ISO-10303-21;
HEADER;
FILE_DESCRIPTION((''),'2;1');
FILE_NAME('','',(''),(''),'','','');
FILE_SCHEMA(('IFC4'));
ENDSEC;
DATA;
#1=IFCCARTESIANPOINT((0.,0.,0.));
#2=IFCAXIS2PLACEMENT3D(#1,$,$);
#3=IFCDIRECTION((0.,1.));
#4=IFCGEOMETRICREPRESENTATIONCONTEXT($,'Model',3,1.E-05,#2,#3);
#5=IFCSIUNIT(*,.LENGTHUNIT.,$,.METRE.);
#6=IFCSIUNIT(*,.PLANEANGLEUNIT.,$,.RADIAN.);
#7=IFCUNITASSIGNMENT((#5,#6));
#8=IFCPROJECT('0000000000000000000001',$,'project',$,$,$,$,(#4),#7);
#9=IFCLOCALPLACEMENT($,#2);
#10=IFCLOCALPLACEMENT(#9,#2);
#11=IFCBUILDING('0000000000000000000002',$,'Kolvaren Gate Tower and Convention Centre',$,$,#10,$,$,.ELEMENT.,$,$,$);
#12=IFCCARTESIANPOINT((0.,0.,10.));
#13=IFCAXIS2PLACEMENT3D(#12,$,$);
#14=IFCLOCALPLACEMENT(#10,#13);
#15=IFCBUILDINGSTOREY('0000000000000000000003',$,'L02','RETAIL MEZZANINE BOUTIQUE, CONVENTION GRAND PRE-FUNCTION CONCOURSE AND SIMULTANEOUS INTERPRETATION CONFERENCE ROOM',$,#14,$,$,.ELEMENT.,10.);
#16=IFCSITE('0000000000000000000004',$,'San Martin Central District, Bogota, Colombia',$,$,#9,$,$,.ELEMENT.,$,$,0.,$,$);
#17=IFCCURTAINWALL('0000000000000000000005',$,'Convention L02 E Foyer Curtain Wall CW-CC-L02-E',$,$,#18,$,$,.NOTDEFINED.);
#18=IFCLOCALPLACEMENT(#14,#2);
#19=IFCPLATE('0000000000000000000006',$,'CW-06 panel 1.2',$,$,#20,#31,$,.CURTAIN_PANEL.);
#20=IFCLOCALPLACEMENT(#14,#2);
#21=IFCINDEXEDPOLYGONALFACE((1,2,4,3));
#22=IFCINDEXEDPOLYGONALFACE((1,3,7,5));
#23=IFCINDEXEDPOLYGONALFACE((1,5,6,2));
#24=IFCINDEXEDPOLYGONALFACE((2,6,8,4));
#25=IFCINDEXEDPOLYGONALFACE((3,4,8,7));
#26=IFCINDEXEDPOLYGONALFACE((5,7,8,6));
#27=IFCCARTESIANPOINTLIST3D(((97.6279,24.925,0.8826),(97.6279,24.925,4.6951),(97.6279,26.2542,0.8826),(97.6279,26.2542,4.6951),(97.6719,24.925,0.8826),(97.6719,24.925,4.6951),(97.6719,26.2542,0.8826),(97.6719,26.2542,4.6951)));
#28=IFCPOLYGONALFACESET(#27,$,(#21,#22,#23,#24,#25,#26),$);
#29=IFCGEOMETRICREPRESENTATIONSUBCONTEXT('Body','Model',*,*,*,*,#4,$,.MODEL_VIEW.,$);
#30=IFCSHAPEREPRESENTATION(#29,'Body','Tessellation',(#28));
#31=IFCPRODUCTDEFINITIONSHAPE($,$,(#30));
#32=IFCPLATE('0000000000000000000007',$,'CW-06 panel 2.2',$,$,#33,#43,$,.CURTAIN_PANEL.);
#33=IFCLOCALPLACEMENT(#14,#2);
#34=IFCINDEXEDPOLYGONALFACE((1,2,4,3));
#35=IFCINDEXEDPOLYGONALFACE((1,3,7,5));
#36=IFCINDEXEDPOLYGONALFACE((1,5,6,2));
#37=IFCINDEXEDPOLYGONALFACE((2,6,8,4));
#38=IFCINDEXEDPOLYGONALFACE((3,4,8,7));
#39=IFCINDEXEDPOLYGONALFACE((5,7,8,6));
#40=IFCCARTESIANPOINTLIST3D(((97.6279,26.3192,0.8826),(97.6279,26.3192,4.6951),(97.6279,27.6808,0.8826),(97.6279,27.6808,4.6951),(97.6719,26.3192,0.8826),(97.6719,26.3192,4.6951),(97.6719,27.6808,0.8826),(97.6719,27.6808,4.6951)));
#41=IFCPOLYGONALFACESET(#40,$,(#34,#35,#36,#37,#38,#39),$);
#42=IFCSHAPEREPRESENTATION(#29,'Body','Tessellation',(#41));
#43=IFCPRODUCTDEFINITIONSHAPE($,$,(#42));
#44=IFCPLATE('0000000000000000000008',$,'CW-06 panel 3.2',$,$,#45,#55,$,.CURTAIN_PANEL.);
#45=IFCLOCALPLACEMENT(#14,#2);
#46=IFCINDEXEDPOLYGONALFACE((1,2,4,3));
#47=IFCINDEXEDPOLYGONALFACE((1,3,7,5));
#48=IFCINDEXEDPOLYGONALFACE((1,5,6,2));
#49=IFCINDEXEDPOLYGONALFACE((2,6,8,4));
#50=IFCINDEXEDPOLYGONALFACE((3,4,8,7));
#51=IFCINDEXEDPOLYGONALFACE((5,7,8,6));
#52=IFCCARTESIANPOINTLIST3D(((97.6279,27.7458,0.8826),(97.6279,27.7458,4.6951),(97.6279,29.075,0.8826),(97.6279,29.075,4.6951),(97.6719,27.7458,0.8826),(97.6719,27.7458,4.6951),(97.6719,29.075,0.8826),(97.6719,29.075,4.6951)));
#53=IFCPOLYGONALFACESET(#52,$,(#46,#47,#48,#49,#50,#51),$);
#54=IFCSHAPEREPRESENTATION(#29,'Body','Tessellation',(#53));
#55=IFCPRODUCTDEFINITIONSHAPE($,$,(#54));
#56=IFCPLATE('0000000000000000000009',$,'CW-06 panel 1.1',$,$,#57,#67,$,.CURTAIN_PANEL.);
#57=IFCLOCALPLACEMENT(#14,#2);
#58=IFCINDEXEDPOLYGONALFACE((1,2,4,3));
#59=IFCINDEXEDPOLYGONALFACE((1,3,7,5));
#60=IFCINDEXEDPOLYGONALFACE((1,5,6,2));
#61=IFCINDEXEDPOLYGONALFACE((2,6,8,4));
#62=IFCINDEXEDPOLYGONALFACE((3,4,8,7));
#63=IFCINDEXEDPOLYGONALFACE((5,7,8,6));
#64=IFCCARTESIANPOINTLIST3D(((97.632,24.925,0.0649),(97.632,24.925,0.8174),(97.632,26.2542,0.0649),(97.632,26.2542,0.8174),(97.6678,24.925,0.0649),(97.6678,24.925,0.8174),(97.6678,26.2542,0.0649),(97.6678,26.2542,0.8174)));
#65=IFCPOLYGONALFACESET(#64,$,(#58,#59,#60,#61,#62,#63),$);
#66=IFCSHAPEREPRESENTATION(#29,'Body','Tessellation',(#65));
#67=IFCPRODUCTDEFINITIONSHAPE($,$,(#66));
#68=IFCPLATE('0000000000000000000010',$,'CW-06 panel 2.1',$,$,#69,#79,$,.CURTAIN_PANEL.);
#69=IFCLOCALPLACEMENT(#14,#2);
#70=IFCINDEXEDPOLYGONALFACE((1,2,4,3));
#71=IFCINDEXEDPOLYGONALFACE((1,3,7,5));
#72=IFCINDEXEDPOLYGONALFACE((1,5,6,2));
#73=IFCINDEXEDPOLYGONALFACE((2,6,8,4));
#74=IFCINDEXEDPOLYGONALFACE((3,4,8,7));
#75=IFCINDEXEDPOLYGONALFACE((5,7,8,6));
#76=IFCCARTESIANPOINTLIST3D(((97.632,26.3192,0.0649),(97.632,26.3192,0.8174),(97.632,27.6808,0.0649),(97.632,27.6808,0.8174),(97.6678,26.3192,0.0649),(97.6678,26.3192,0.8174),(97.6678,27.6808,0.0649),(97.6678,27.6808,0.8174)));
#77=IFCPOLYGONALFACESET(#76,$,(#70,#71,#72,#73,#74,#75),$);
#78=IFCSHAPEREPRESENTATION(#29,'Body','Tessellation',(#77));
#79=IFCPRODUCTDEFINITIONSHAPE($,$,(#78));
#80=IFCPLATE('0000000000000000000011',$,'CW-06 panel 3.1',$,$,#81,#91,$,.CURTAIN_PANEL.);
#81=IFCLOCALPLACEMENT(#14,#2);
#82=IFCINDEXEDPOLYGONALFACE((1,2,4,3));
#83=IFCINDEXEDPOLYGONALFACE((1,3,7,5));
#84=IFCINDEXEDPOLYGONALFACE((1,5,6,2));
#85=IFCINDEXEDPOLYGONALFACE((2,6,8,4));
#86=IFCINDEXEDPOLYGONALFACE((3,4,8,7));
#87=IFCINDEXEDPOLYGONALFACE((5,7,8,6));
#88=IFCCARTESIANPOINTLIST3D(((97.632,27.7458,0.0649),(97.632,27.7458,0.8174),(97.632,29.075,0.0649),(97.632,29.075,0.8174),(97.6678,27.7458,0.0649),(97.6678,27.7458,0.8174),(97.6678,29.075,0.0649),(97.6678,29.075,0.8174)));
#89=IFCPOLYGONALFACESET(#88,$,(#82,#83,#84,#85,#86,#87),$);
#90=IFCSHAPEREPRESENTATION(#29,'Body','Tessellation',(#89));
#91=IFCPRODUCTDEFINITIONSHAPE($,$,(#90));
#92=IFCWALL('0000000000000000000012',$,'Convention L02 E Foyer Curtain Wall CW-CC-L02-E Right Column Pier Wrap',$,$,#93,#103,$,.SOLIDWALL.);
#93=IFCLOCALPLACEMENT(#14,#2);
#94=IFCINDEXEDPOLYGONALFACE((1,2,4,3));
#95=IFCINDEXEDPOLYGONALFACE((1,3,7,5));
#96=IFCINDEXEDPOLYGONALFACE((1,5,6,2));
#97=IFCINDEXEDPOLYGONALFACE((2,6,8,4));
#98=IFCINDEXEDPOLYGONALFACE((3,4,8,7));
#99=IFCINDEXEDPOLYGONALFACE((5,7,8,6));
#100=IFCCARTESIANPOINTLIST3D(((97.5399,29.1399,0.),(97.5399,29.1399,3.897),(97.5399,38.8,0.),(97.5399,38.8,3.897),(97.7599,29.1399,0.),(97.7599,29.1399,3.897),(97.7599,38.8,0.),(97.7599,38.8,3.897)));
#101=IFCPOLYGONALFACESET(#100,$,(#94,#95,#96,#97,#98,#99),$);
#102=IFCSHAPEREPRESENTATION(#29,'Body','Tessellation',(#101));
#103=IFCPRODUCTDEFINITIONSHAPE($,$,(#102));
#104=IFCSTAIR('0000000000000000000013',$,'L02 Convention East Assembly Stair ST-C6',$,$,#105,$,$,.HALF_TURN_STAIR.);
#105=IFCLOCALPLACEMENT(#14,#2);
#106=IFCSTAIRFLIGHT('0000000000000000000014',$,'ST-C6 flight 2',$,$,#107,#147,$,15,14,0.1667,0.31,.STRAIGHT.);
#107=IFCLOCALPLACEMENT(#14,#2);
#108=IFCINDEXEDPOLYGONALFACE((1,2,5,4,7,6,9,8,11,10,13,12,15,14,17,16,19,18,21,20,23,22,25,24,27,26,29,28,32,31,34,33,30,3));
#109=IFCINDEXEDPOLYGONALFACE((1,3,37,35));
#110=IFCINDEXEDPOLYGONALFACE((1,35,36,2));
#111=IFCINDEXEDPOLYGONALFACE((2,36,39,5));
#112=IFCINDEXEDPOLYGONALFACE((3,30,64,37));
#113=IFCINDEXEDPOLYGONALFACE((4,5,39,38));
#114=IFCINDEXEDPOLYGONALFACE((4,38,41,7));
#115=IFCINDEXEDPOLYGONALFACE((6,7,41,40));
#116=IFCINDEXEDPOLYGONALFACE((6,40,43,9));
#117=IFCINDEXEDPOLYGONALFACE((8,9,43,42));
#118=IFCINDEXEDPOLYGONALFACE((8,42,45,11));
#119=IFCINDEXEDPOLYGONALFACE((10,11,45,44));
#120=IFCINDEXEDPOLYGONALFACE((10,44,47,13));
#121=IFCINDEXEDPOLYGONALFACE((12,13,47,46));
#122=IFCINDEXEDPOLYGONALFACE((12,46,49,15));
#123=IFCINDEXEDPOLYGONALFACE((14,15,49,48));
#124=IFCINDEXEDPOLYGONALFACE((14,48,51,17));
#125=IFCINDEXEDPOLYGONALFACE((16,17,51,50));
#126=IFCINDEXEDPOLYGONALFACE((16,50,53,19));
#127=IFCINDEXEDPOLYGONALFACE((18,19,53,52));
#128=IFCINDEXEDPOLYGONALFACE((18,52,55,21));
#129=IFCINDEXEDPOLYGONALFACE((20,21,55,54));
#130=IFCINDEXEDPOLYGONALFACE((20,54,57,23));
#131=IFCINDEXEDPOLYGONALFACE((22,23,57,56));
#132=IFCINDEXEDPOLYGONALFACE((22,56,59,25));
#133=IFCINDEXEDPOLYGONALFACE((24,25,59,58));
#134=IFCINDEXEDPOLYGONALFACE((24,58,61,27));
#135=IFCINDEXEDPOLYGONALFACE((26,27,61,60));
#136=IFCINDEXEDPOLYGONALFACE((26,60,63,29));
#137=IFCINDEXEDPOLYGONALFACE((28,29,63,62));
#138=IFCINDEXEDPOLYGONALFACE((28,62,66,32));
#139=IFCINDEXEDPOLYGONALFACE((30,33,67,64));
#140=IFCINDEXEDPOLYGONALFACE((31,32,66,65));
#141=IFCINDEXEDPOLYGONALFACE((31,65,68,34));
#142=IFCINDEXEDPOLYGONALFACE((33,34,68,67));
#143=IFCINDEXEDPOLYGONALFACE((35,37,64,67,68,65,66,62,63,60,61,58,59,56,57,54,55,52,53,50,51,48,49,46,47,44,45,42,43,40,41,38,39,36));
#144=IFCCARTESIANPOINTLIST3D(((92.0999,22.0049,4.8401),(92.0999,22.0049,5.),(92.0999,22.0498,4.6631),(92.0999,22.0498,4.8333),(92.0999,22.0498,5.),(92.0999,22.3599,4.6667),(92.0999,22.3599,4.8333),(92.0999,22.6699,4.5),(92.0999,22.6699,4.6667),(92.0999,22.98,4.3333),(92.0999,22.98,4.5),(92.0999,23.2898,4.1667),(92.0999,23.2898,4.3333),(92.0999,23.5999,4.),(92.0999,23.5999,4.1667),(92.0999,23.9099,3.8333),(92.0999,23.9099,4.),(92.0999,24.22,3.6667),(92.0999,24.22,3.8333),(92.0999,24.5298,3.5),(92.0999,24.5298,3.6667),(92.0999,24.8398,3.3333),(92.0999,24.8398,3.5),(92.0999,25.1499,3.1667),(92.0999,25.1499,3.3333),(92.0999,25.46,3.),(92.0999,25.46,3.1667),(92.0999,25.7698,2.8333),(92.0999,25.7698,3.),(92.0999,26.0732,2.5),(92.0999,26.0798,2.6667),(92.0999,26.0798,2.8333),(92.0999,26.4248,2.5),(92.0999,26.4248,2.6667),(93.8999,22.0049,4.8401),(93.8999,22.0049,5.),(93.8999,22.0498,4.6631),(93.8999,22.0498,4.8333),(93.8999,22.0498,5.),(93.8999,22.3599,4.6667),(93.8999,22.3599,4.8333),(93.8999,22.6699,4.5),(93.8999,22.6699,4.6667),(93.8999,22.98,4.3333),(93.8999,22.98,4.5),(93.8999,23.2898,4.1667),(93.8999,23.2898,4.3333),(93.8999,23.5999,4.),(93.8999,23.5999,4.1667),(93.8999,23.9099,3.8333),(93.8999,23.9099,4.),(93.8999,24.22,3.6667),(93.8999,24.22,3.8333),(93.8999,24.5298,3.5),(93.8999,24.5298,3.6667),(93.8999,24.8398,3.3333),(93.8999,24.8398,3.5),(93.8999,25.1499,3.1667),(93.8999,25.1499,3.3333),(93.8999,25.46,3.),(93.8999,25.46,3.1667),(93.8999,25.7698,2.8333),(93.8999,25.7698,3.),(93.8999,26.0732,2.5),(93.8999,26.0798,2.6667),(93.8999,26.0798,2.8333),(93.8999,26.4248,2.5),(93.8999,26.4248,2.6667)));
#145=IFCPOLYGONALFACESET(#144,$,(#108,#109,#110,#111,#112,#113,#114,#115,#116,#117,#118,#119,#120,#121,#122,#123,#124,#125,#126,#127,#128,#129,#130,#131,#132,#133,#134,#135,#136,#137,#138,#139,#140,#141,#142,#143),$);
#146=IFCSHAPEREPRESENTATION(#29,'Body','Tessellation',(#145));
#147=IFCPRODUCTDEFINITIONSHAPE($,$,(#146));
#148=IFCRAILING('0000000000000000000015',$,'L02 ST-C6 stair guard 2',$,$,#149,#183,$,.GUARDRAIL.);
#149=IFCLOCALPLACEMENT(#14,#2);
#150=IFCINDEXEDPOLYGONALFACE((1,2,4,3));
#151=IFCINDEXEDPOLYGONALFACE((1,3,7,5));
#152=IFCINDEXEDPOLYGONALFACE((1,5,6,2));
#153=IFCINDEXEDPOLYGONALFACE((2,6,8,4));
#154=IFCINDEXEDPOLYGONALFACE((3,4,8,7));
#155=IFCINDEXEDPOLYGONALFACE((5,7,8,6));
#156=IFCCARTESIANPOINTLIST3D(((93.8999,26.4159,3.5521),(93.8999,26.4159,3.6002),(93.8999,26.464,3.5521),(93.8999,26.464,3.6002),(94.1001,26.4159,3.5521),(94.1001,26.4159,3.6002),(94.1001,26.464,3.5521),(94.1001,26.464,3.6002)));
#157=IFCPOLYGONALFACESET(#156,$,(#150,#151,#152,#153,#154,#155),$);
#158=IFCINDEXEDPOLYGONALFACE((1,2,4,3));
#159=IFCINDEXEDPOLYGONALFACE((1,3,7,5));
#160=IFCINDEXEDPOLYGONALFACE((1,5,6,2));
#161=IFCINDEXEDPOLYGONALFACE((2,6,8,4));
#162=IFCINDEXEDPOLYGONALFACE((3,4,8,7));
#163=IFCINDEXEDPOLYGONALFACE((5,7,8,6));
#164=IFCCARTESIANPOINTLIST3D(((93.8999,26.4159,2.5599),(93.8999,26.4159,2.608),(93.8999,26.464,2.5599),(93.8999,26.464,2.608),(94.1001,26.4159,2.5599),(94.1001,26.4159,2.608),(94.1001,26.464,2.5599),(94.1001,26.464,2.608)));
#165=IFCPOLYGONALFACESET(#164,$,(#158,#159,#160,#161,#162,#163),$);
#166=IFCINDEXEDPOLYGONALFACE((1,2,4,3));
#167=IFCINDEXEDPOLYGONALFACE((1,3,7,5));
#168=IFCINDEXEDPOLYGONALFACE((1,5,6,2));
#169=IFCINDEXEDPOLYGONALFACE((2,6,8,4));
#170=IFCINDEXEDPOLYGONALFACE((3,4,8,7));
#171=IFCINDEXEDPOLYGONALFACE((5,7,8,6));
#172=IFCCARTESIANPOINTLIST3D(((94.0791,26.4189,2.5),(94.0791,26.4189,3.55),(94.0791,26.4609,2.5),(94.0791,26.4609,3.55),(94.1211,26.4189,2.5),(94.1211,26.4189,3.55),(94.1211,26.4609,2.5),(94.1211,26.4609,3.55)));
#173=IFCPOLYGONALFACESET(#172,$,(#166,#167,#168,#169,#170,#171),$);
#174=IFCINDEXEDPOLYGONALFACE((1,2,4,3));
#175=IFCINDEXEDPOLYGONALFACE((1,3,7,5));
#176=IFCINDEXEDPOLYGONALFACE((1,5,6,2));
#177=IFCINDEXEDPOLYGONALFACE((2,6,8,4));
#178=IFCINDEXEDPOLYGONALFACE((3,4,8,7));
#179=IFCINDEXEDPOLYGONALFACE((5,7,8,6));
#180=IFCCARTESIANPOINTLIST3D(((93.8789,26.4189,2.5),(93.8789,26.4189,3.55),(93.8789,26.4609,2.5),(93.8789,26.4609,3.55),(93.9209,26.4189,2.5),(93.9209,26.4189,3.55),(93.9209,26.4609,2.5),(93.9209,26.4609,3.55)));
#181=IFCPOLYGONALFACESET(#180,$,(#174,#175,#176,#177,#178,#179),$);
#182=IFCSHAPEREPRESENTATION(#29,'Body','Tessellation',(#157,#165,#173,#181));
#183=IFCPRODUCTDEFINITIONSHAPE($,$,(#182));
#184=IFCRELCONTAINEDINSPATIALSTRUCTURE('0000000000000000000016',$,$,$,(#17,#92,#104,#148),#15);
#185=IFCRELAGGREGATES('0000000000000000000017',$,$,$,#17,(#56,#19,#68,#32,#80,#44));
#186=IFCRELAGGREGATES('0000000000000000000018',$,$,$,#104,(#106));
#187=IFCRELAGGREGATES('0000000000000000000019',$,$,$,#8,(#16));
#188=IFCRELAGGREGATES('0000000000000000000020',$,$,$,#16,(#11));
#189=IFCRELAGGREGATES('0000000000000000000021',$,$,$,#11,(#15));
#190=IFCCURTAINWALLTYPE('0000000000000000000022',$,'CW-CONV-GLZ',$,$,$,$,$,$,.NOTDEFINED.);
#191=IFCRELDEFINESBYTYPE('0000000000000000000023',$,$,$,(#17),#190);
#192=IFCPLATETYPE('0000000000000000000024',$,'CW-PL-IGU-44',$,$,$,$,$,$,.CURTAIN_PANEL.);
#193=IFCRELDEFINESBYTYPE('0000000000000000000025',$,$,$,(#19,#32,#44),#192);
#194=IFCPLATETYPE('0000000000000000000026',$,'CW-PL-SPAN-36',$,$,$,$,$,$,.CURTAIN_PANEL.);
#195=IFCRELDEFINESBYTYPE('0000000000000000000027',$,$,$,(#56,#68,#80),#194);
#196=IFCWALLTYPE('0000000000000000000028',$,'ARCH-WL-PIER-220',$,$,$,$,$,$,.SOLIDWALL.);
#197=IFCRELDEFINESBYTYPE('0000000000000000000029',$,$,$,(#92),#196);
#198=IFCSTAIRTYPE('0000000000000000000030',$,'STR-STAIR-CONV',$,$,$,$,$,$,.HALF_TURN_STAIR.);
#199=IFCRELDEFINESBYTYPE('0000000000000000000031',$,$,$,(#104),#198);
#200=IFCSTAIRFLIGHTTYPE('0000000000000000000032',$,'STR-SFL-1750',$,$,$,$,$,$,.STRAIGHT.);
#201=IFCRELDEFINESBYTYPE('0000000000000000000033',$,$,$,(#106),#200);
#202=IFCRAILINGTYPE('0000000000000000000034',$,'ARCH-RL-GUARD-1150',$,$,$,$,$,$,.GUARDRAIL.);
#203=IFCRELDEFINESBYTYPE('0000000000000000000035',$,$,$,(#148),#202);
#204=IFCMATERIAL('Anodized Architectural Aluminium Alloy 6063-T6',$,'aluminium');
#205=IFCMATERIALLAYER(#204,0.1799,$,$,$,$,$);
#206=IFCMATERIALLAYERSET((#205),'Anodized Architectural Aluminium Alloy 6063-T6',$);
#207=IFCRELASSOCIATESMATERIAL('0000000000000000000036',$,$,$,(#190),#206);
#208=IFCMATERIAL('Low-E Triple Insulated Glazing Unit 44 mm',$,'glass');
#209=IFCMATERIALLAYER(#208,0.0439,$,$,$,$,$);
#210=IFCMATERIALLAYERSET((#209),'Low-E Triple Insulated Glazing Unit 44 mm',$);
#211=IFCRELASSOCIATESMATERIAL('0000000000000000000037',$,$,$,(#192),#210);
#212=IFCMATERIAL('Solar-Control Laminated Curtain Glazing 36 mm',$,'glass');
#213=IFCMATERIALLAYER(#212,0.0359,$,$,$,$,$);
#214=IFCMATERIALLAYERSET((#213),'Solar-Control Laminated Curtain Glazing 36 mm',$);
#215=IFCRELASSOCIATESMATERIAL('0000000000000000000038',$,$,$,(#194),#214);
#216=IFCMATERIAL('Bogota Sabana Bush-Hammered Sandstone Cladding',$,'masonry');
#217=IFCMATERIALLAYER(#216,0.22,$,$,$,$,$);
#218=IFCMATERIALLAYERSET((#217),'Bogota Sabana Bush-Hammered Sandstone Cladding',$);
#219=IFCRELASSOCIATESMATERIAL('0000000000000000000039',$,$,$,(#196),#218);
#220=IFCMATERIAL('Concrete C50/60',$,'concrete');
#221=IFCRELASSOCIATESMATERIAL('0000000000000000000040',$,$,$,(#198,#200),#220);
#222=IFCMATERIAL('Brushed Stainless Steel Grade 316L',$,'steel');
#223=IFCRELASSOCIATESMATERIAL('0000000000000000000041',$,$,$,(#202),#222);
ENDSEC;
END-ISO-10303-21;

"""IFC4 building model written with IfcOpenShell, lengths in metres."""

from ifc_helpers import new_model, si_unit, direction, frame, frame_2d, origin, origin_2d, place, context, subcontext, project, spatial, polyline, rectangle, outline, extrude, material, layer, layer_set, type_object, element, aggregate, save


model = new_model("IFC4")

# Units and contexts
model_context = context("Model", 3, precision=1e-05, world=origin(), true_north=direction((0.0, 1.0)))
body_context = subcontext(model_context, "Body", "Model", "MODEL_VIEW")
ifc_project = project(units=[si_unit("LENGTHUNIT", "METRE"), si_unit("PLANEANGLEUNIT", "RADIAN")], contexts=[model_context])

# Site, building, storey
site_placement = place(None, origin())
site = spatial("IfcSite", under=ifc_project, at=site_placement, Name="San Martin Central District, Bogota, Colombia", CompositionType="ELEMENT", RefElevation=0.0)
building_placement = place(site_placement, origin())
building = spatial("IfcBuilding", under=site, at=building_placement, Name="Kolvaren Gate Tower and Convention Centre", CompositionType="ELEMENT")
storey_placement = place(building_placement, frame((0.0, 0.0, 10.0)))
storey = spatial("IfcBuildingStorey", under=building, at=storey_placement, Name="L02", Description="RETAIL MEZZANINE BOUTIQUE, CONVENTION GRAND PRE-FUNCTION CONCOURSE AND SIMULTANEOUS INTERPRETATION CONFERENCE ROOM", CompositionType="ELEMENT", Elevation=10.0)

# Curtain wall
ifc_material_1 = material(Name="Anodized Architectural Aluminium Alloy 6063-T6", Category="aluminium")
ifc_layer_1 = layer(ifc_material_1, 0.1799)
ifc_layer_set_1 = layer_set([ifc_layer_1], Name="Anodized Architectural Aluminium Alloy 6063-T6")
curtain_wall_type = type_object("IfcCurtainWallType", Name="CW-CONV-GLZ", PredefinedType="NOTDEFINED", material=ifc_layer_set_1)
curtain_wall_placement = place(storey_placement, origin())
curtain_wall = element("IfcCurtainWall", 1, at=curtain_wall_placement, inside=storey, type_object=curtain_wall_type, Name="Convention L02 E Foyer Curtain Wall CW-CC-L02-E", PredefinedType="NOTDEFINED")

# Plates
ifc_material_2 = material(Name="Low-E Triple Insulated Glazing Unit 44 mm", Category="glass")
ifc_layer_2 = layer(ifc_material_2, 0.0439)
ifc_layer_set_2 = layer_set([ifc_layer_2], Name="Low-E Triple Insulated Glazing Unit 44 mm")
plate_type_1 = type_object("IfcPlateType", Name="CW-PL-IGU-44", PredefinedType="CURTAIN_PANEL", material=ifc_layer_set_2)
plate_1_placement = place(storey_placement, frame((97.6499, 25.5896, 0.8826), z_axis=(0.0, 0.0, 1.0), x_axis=(0.0, 1.0, 0.0)))
plate_1 = element("IfcPlate", 2, at=plate_1_placement, type_object=plate_type_1, Name="CW-06 panel 1.2", PredefinedType="CURTAIN_PANEL", context=body_context, shape_type="SweptSolid", body=[
    extrude(rectangle(XDim=1.3291, YDim=0.0439, at=origin_2d()), origin(), (0.0, 0.0, 1.0), 3.8125),
])
plate_2_placement = place(storey_placement, frame((97.6499, 27.0, 0.8826), z_axis=(0.0, 0.0, 1.0), x_axis=(0.0, 1.0, 0.0)))
plate_2 = element("IfcPlate", 3, at=plate_2_placement, type_object=plate_type_1, Name="CW-06 panel 2.2", PredefinedType="CURTAIN_PANEL", context=body_context, shape_type="SweptSolid", body=[
    extrude(rectangle(XDim=1.3616, YDim=0.0439, at=origin_2d()), origin(), (0.0, 0.0, 1.0), 3.8125),
])
plate_3_placement = place(storey_placement, frame((97.6499, 28.4104, 0.8826), z_axis=(0.0, 0.0, 1.0), x_axis=(0.0, 1.0, 0.0)))
plate_3 = element("IfcPlate", 4, at=plate_3_placement, type_object=plate_type_1, Name="CW-06 panel 3.2", PredefinedType="CURTAIN_PANEL", context=body_context, shape_type="SweptSolid", body=[
    extrude(rectangle(XDim=1.3291, YDim=0.0439, at=origin_2d()), origin(), (0.0, 0.0, 1.0), 3.8125),
])
ifc_material_3 = material(Name="Solar-Control Laminated Curtain Glazing 36 mm", Category="glass")
ifc_layer_3 = layer(ifc_material_3, 0.0359)
ifc_layer_set_3 = layer_set([ifc_layer_3], Name="Solar-Control Laminated Curtain Glazing 36 mm")
plate_type_2 = type_object("IfcPlateType", Name="CW-PL-SPAN-36", PredefinedType="CURTAIN_PANEL", material=ifc_layer_set_3)
plate_4_placement = place(storey_placement, frame((97.6499, 25.5896, 0.0649), z_axis=(0.0, 0.0, 1.0), x_axis=(0.0, 1.0, 0.0)))
plate_4 = element("IfcPlate", 5, at=plate_4_placement, type_object=plate_type_2, Name="CW-06 panel 1.1", PredefinedType="CURTAIN_PANEL", context=body_context, shape_type="SweptSolid", body=[
    extrude(rectangle(XDim=1.3291, YDim=0.0359, at=origin_2d()), origin(), (0.0, 0.0, 1.0), 0.7524),
])
plate_5_placement = place(storey_placement, frame((97.6499, 27.0, 0.0649), z_axis=(0.0, 0.0, 1.0), x_axis=(0.0, 1.0, 0.0)))
plate_5 = element("IfcPlate", 6, at=plate_5_placement, type_object=plate_type_2, Name="CW-06 panel 2.1", PredefinedType="CURTAIN_PANEL", context=body_context, shape_type="SweptSolid", body=[
    extrude(rectangle(XDim=1.3616, YDim=0.0359, at=origin_2d()), origin(), (0.0, 0.0, 1.0), 0.7524),
])
plate_6_placement = place(storey_placement, frame((97.6499, 28.4104, 0.0649), z_axis=(0.0, 0.0, 1.0), x_axis=(0.0, 1.0, 0.0)))
plate_6 = element("IfcPlate", 7, at=plate_6_placement, type_object=plate_type_2, Name="CW-06 panel 3.1", PredefinedType="CURTAIN_PANEL", context=body_context, shape_type="SweptSolid", body=[
    extrude(rectangle(XDim=1.3291, YDim=0.0359, at=origin_2d()), origin(), (0.0, 0.0, 1.0), 0.7524),
])
aggregate(curtain_wall, [plate_4, plate_1, plate_5, plate_2, plate_6, plate_3])

# Wall
ifc_material_4 = material(Name="Bogota Sabana Bush-Hammered Sandstone Cladding", Category="masonry")
ifc_layer_4 = layer(ifc_material_4, 0.22)
ifc_layer_set_4 = layer_set([ifc_layer_4], Name="Bogota Sabana Bush-Hammered Sandstone Cladding")
wall_type = type_object("IfcWallType", Name="ARCH-WL-PIER-220", PredefinedType="SOLIDWALL", material=ifc_layer_set_4)
wall_placement = place(storey_placement, frame((97.6499, 29.1399, 0.0), z_axis=(0.0, 0.0, 1.0), x_axis=(0.0, 1.0, 0.0)))
element("IfcWall", 8, at=wall_placement, inside=storey, type_object=wall_type, Name="Convention L02 E Foyer Curtain Wall CW-CC-L02-E Right Column Pier Wrap", PredefinedType="SOLIDWALL", context=body_context, shape_type="SweptSolid", body=[
    extrude(rectangle(XDim=9.6602, YDim=0.22, at=frame_2d((4.8301, 0.0))), origin(), (0.0, 0.0, 1.0), 3.897),
])

# Stair, stair flight
ifc_material_5 = material(Name="Concrete C50/60", Category="concrete")
stair_type = type_object("IfcStairType", Name="STR-STAIR-CONV", PredefinedType="HALF_TURN_STAIR", material=ifc_material_5)
stair_placement = place(storey_placement, origin())
stair = element("IfcStair", 9, at=stair_placement, inside=storey, type_object=stair_type, Name="L02 Convention East Assembly Stair ST-C6", PredefinedType="HALF_TURN_STAIR")
stair_flight_type = type_object("IfcStairFlightType", Name="STR-SFL-1750", PredefinedType="STRAIGHT", material=ifc_material_5)
stair_flight_placement = place(storey_placement, frame((93.0, 26.3899, 2.5), z_axis=(0.0, 0.0, 1.0), x_axis=(0.0, -1.0, 0.0)))
stair_flight = element("IfcStairFlight", 10, at=stair_flight_placement, type_object=stair_flight_type, Name="ST-C6 flight 2", NumberOfRisers=15, NumberOfTreads=14, PredefinedType="STRAIGHT", RiserHeight=0.1667, TreadLength=0.31, context=body_context, shape_type="SweptSolid", body=[
    extrude(outline(polyline([(-0.0349, 0.0), (-0.0349, 0.1667), (0.3101, 0.1667), (0.3101, 0.3333), (0.6201, 0.3333), (0.6201, 0.5), (0.9299, 0.5), (0.9299, 0.6667), (1.24, 0.6667), (1.24, 0.8333), (1.55, 0.8333), (1.55, 1.0), (1.8601, 1.0), (1.8601, 1.1667), (2.1699, 1.1667), (2.1699, 1.3333), (2.48, 1.3333), (2.48, 1.5), (2.79, 1.5), (2.79, 1.6667), (3.1001, 1.6667), (3.1001, 1.8333), (3.4099, 1.8333), (3.4099, 2.0), (3.72, 2.0), (3.72, 2.1667), (4.03, 2.1667), (4.03, 2.3333), (4.3401, 2.3333), (4.3401, 2.5), (4.385, 2.5), (4.385, 2.3401), (4.3401, 2.1631), (0.3167, 0.0), (-0.0349, 0.0)])), frame((0.0, 0.8999, 0.0), z_axis=(0.0, -1.0, 0.0), x_axis=(1.0, 0.0, 0.0)), (0.0, 0.0, 1.0), 1.8),
])
aggregate(stair, [stair_flight])

# Railing
ifc_material_6 = material(Name="Brushed Stainless Steel Grade 316L", Category="steel")
railing_type_1 = type_object("IfcRailingType", Name="ARCH-RL-GUARD-1150", PredefinedType="GUARDRAIL", material=ifc_material_6)
railing_1_placement = place(storey_placement, frame((94.1001, 26.4399, 2.5)))
element("IfcRailing", 11, at=railing_1_placement, inside=storey, type_object=railing_type_1, Name="L02 ST-C6 stair guard 2", PredefinedType="GUARDRAIL", context=body_context, shape_type="SweptSolid", body=[
    extrude(rectangle(XDim=0.0481, YDim=0.0481, at=origin_2d()), frame((0.0, 0.0, 1.0762), z_axis=(-1.0, 0.0, 0.0), x_axis=(0.0, -1.0, 0.0)), (0.0, 0.0, 1.0), 0.2002),
    extrude(rectangle(XDim=0.0481, YDim=0.0481, at=origin_2d()), frame((0.0, 0.0, 0.084), z_axis=(-1.0, 0.0, 0.0), x_axis=(0.0, -1.0, 0.0)), (0.0, 0.0, 1.0), 0.2002),
    extrude(rectangle(XDim=0.042, YDim=0.042, at=origin_2d()), origin(), (0.0, 0.0, 1.0), 1.05),
    extrude(rectangle(XDim=0.042, YDim=0.042, at=origin_2d()), frame((-0.2002, 0.0, 0.0)), (0.0, 0.0, 1.0), 1.05),
])

save(model, "model.ifc")
